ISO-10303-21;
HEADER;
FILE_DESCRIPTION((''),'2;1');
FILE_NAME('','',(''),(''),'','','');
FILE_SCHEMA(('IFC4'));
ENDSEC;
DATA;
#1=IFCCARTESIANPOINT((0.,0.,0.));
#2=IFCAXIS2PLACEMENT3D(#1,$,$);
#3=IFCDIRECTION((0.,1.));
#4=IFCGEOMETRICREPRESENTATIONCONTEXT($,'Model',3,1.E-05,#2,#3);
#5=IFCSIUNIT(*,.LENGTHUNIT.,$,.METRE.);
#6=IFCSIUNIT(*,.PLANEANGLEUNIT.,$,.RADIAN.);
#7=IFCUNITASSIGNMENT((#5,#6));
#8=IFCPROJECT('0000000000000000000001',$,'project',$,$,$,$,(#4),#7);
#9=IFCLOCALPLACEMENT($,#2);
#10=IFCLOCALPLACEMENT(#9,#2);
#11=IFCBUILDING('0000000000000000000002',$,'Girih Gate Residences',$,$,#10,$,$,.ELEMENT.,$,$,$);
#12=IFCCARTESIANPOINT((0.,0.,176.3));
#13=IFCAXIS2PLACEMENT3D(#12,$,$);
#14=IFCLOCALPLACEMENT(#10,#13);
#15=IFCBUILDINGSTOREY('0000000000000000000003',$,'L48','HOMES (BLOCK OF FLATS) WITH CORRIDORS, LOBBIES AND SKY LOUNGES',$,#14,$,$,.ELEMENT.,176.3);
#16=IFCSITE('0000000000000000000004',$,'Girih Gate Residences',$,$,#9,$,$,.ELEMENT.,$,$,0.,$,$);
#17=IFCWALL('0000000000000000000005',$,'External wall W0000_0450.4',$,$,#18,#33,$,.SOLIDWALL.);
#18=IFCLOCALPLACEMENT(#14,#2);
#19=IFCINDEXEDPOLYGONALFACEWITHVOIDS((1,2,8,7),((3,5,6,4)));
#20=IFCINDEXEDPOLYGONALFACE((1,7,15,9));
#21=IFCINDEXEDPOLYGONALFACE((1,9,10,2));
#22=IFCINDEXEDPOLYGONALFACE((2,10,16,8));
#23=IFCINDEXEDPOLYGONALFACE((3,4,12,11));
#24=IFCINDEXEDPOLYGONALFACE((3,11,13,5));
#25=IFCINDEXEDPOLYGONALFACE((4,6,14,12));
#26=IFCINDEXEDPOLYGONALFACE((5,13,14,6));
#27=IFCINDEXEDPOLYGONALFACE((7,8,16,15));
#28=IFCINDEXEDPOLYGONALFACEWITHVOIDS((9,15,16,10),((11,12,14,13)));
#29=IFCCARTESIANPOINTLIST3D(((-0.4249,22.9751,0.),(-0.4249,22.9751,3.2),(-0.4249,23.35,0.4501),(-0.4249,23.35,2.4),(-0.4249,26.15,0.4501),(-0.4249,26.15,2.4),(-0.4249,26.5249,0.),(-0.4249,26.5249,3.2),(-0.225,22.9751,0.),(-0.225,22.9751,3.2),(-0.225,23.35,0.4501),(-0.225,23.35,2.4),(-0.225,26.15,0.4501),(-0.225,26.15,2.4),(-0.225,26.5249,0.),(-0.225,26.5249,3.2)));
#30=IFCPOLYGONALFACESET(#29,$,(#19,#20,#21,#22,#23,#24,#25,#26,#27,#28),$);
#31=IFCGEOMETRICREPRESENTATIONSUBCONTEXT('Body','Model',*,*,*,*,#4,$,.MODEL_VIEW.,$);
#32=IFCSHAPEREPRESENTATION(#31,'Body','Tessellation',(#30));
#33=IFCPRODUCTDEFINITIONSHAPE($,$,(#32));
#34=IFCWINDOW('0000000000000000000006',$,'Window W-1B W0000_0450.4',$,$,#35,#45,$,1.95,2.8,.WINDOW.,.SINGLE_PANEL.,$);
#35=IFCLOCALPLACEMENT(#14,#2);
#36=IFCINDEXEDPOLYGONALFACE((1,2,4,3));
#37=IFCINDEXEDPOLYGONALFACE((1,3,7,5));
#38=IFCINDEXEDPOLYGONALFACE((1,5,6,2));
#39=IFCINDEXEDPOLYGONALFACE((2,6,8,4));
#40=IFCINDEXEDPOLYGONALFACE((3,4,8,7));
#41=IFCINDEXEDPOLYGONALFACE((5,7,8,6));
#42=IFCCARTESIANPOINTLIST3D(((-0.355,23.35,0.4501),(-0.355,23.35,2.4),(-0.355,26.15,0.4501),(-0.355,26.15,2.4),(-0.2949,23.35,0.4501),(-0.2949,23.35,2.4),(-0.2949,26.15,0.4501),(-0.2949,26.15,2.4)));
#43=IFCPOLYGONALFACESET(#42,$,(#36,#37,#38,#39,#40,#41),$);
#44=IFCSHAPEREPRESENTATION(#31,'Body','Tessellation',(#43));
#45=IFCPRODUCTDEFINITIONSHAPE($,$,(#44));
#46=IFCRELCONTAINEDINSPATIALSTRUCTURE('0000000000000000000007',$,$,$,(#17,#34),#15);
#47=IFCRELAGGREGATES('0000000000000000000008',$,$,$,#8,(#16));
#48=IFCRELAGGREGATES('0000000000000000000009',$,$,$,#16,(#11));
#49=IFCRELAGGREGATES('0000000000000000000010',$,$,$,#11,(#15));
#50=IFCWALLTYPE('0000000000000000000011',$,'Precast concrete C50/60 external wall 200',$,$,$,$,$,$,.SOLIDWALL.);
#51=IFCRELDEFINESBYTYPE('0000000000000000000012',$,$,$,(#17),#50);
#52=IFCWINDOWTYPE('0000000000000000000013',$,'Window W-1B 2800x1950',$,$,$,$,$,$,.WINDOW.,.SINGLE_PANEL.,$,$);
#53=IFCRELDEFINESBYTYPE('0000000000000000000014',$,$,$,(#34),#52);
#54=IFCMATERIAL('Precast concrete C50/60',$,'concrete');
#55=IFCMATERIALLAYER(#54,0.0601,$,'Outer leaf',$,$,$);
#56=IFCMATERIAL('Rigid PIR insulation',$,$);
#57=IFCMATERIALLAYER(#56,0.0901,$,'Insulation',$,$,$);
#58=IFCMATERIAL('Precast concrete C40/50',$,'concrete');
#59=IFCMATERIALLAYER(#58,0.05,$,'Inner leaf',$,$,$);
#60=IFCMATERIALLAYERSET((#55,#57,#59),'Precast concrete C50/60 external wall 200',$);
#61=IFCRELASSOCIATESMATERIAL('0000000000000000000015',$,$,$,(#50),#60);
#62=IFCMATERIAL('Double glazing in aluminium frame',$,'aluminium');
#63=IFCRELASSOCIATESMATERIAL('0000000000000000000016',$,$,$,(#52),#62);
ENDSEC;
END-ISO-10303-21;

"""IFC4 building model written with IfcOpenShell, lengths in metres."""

from ifc_helpers import new_model, si_unit, direction, frame, frame_2d, origin, place, context, subcontext, project, spatial, rectangle, extrude, material, layer, layer_set, type_object, element, fill, save


model = new_model("IFC4")

# Units and contexts
model_context = context("Model", 3, precision=1e-05, world=origin(), true_north=direction((0.0, 1.0)))
body_context = subcontext(model_context, "Body", "Model", "MODEL_VIEW")
ifc_project = project(units=[si_unit("LENGTHUNIT", "METRE"), si_unit("PLANEANGLEUNIT", "RADIAN")], contexts=[model_context])

# Site, building, storey
site_placement = place(None, origin())
site = spatial("IfcSite", under=ifc_project, at=site_placement, Name="Girih Gate Residences", CompositionType="ELEMENT", RefElevation=0.0)
building_placement = place(site_placement, origin())
building = spatial("IfcBuilding", under=site, at=building_placement, Name="Girih Gate Residences", CompositionType="ELEMENT")
storey_placement = place(building_placement, frame((0.0, 0.0, 176.3)))
storey = spatial("IfcBuildingStorey", under=building, at=storey_placement, Name="L48", Description="HOMES (BLOCK OF FLATS) WITH CORRIDORS, LOBBIES AND SKY LOUNGES", CompositionType="ELEMENT", Elevation=176.3)

# Wall, opening, window
ifc_material_1 = material(Name="Precast concrete C50/60", Category="concrete")
ifc_layer_1 = layer(ifc_material_1, 0.0601, Name="Outer leaf")
ifc_material_2 = material(Name="Rigid PIR insulation")
ifc_layer_2 = layer(ifc_material_2, 0.0901, Name="Insulation")
ifc_material_3 = material(Name="Precast concrete C40/50", Category="concrete")
ifc_layer_3 = layer(ifc_material_3, 0.05, Name="Inner leaf")
ifc_layer_set_1 = layer_set([ifc_layer_1, ifc_layer_2, ifc_layer_3], Name="Precast concrete C50/60 external wall 200")
wall_type_1 = type_object("IfcWallType", Name="Precast concrete C50/60 external wall 200", PredefinedType="SOLIDWALL", material=ifc_layer_set_1)
ifc_material_4 = material(Name="Double glazing in aluminium frame", Category="aluminium")
window_type = type_object("IfcWindowType", Name="Window W-1B 2800x1950", PartitioningType="SINGLE_PANEL", PredefinedType="WINDOW", material=ifc_material_4)
wall_1_placement = place(storey_placement, frame((-0.325, 22.9751, 0.0), z_axis=(0.0, 0.0, 1.0), x_axis=(0.0, 1.0, 0.0)))
wall_1 = element("IfcWall", 1, at=wall_1_placement, inside=storey, type_object=wall_type_1, Name="External wall W0000_0450.4", PredefinedType="SOLIDWALL", context=body_context, shape_type="SweptSolid", body=[
    extrude(rectangle(XDim=3.5498, YDim=0.2, at=frame_2d((1.7749, 0.0))), origin(), (0.0, 0.0, 1.0), 3.2),
])
opening_1_placement = place(wall_1_placement, frame((0.375, 0.0, 0.45)))
opening_1 = element("IfcOpeningElement", 2, at=opening_1_placement, cuts=wall_1, PredefinedType="OPENING", context=body_context, shape_type="SweptSolid", body=[
    extrude(rectangle(XDim=2.8, YDim=1.95, at=frame_2d((1.3999, 0.9751))), frame((0.0, 0.1099, 0.0), z_axis=(0.0, -1.0, 0.0), x_axis=(1.0, 0.0, 0.0)), (0.0, 0.0, 1.0), 0.22),
])
window_1_placement = place(opening_1_placement, origin())
window_1 = element("IfcWindow", 3, at=window_1_placement, inside=storey, type_object=window_type, Name="Window W-1B W0000_0450.4", OverallHeight=1.95, OverallWidth=2.8, PartitioningType="SINGLE_PANEL", PredefinedType="WINDOW", context=body_context, shape_type="SweptSolid", body=[
    extrude(rectangle(XDim=2.8, YDim=1.95, at=frame_2d((1.3999, 0.9751))), frame((0.0, 0.03, 0.0), z_axis=(0.0, -1.0, 0.0), x_axis=(1.0, 0.0, 0.0)), (0.0, 0.0, 1.0), 0.0601),
])
fill(opening_1, window_1)

save(model, "model.ifc")
